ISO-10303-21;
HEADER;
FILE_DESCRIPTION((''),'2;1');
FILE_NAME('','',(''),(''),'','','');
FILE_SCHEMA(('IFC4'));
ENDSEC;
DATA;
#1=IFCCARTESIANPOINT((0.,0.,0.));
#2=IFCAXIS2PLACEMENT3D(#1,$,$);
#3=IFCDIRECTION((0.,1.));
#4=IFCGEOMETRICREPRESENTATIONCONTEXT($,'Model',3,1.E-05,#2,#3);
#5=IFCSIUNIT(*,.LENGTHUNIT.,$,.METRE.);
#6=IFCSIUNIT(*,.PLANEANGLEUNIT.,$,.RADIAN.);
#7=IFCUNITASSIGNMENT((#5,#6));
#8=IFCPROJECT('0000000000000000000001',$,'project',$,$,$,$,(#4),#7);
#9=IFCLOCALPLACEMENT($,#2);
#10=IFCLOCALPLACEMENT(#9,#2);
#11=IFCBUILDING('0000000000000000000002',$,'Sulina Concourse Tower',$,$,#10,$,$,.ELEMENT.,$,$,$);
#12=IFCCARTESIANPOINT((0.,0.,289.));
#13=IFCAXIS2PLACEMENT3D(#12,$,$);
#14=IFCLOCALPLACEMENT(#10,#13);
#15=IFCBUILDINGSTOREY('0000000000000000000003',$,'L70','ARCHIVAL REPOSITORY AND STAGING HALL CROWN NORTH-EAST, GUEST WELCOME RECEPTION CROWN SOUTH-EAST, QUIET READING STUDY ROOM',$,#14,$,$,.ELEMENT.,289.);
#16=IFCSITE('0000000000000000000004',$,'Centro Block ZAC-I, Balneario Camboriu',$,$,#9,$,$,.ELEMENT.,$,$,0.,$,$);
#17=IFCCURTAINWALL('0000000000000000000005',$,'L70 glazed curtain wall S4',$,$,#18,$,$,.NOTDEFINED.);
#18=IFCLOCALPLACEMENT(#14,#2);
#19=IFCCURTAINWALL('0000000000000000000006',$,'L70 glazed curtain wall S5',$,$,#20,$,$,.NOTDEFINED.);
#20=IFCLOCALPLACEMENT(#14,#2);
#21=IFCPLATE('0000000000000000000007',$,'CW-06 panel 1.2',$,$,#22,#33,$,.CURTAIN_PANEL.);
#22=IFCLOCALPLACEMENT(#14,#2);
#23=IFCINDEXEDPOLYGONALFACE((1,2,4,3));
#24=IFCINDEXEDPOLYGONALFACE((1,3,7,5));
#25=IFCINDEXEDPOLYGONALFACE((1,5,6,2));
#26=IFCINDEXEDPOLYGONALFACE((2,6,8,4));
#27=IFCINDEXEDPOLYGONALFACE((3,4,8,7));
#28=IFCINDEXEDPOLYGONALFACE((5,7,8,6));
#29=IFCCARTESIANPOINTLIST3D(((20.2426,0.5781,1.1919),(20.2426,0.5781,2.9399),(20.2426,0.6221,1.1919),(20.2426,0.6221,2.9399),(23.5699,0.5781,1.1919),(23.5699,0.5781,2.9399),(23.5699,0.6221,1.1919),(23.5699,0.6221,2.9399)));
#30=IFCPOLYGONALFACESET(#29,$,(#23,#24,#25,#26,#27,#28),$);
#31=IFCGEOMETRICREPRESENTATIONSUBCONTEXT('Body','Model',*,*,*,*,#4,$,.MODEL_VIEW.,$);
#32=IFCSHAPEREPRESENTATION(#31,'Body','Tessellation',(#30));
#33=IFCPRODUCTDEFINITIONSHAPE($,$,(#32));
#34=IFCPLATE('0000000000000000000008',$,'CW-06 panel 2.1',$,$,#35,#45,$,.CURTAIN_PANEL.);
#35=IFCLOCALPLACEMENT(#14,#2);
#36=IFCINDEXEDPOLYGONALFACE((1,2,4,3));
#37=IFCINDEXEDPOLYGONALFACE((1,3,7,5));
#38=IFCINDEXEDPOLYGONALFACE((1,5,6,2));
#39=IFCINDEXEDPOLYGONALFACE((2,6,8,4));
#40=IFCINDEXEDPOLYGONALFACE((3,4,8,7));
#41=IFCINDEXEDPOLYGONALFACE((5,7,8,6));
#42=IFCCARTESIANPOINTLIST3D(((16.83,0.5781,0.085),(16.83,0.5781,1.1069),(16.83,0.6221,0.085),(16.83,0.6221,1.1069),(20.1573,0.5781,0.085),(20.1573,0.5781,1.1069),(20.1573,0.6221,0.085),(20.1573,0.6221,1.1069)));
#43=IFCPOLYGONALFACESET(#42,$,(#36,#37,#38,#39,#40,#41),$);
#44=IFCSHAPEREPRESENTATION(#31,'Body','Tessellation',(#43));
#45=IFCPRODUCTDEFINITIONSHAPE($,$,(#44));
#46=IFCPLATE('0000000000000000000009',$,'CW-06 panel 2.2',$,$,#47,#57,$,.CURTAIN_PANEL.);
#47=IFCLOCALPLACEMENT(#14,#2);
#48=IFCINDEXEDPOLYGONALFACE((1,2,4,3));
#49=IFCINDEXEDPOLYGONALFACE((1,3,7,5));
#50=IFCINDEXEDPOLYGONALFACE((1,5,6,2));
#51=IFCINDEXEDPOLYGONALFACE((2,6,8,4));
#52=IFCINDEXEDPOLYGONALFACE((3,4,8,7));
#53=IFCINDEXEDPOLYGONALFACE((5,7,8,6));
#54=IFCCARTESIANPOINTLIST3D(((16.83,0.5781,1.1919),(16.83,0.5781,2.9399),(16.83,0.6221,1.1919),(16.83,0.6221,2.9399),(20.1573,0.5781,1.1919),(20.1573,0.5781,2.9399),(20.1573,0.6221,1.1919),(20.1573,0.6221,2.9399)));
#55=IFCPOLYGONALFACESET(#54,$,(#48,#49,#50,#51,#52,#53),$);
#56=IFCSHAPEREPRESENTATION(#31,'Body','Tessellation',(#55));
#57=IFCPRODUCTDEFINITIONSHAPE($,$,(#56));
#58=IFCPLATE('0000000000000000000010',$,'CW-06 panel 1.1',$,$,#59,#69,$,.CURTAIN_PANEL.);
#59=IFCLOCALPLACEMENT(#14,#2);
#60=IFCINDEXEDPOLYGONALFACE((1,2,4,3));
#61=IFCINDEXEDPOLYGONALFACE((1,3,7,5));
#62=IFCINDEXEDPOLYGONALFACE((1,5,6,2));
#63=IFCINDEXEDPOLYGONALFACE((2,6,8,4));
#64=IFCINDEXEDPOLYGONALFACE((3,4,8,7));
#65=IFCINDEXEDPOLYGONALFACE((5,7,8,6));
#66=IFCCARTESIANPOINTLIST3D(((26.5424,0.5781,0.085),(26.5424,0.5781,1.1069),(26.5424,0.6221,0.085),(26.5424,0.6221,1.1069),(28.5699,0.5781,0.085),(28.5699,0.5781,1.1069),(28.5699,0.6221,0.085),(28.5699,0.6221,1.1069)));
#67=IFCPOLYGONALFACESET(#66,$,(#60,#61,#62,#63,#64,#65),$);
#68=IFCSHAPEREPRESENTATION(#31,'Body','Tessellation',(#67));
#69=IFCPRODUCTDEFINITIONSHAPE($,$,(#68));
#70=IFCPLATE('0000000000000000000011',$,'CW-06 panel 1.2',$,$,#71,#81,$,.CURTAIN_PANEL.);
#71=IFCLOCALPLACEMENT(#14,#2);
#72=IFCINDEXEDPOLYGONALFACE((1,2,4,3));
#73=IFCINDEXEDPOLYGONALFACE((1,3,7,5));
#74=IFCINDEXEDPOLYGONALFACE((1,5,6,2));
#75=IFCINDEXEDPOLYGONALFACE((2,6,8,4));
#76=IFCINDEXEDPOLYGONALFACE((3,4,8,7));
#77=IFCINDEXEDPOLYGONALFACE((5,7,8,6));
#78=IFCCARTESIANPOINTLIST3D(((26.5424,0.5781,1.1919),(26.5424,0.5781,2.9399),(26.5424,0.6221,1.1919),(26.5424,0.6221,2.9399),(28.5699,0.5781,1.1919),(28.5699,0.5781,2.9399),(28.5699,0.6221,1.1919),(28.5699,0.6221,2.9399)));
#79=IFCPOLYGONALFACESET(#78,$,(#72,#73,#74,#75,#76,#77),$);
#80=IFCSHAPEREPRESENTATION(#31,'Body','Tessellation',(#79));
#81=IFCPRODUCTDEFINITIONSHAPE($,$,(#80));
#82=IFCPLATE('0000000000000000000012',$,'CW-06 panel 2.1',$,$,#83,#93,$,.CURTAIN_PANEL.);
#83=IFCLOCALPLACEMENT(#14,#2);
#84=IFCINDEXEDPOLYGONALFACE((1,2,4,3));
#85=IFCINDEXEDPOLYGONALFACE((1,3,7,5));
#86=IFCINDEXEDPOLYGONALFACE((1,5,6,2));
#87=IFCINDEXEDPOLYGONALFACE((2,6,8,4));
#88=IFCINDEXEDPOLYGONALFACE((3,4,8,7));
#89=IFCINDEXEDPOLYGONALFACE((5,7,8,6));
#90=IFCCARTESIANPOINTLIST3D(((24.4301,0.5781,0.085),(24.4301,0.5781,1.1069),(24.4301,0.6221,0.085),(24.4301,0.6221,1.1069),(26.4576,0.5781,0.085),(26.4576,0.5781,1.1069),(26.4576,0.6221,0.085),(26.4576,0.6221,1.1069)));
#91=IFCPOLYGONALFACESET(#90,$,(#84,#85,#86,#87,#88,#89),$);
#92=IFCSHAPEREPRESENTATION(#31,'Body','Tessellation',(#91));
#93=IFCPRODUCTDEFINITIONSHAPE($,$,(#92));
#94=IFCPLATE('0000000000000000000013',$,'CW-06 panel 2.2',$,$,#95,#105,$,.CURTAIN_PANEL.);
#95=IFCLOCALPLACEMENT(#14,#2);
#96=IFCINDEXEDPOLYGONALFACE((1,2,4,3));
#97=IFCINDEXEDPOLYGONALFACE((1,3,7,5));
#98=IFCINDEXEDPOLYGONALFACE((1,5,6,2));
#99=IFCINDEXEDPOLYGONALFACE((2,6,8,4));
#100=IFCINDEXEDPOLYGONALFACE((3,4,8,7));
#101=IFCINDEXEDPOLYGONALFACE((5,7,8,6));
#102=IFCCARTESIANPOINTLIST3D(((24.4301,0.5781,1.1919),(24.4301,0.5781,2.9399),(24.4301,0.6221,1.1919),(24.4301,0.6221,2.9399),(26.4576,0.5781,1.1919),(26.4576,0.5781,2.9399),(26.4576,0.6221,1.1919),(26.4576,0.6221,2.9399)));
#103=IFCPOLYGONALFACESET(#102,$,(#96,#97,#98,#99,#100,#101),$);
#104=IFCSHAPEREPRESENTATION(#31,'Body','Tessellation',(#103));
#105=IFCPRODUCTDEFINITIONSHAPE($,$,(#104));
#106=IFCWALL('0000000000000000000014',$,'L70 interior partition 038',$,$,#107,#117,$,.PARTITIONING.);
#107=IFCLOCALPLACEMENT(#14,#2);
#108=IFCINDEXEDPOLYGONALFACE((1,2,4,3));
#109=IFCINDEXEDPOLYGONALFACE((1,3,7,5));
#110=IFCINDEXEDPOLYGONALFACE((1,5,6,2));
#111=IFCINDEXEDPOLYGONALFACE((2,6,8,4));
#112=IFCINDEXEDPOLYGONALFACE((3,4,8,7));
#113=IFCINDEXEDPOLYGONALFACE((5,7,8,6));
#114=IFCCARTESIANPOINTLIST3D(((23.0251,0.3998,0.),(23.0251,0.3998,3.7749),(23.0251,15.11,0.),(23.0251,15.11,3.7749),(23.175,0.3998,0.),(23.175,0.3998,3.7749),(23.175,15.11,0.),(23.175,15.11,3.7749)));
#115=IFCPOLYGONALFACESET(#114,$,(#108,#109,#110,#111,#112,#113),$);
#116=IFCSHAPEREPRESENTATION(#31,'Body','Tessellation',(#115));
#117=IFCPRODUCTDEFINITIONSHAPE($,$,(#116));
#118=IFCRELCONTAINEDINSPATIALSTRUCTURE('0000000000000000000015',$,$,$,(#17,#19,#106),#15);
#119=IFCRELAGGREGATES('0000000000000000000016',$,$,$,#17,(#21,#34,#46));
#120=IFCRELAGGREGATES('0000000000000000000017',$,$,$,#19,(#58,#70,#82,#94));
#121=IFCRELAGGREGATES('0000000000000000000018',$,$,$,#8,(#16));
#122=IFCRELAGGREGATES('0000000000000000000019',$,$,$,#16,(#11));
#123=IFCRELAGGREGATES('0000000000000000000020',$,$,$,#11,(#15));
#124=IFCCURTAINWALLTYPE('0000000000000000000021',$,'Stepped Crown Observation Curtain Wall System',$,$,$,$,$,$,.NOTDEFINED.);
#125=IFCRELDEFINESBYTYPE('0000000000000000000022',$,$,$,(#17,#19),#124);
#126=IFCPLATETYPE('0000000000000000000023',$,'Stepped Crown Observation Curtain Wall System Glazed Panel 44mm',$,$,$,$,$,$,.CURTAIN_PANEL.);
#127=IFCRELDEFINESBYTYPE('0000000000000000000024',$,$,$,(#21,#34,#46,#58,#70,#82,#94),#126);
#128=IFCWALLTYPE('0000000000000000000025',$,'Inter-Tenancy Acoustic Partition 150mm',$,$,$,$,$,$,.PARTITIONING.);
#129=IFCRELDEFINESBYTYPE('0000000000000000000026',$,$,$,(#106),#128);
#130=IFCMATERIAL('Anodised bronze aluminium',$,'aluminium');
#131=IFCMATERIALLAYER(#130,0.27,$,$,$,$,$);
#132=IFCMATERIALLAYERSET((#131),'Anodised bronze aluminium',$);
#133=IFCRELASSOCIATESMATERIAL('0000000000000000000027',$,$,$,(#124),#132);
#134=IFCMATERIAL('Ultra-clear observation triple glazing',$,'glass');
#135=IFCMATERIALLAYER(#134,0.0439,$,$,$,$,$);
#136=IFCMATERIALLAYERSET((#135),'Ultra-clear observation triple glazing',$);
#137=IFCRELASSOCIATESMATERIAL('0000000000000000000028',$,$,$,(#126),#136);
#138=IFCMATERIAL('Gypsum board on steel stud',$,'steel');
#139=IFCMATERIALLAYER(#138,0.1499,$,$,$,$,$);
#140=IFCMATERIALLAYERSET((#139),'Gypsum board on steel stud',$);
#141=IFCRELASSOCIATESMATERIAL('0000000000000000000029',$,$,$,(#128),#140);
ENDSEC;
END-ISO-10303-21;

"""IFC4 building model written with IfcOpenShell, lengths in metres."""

from ifc_helpers import new_model, si_unit, direction, frame, frame_2d, origin, origin_2d, place, context, subcontext, project, spatial, rectangle, extrude, material, layer, layer_set, type_object, element, aggregate, save


model = new_model("IFC4")

# Units and contexts
model_context = context("Model", 3, precision=1e-05, world=origin(), true_north=direction((0.0, 1.0)))
body_context = subcontext(model_context, "Body", "Model", "MODEL_VIEW")
ifc_project = project(units=[si_unit("LENGTHUNIT", "METRE"), si_unit("PLANEANGLEUNIT", "RADIAN")], contexts=[model_context])

# Site, building, storey
site_placement = place(None, origin())
site = spatial("IfcSite", under=ifc_project, at=site_placement, Name="Centro Block ZAC-I, Balneario Camboriu", CompositionType="ELEMENT", RefElevation=0.0)
building_placement = place(site_placement, origin())
building = spatial("IfcBuilding", under=site, at=building_placement, Name="Sulina Concourse Tower", CompositionType="ELEMENT")
storey_placement = place(building_placement, frame((0.0, 0.0, 289.0)))
storey = spatial("IfcBuildingStorey", under=building, at=storey_placement, Name="L70", Description="ARCHIVAL REPOSITORY AND STAGING HALL CROWN NORTH-EAST, GUEST WELCOME RECEPTION CROWN SOUTH-EAST, QUIET READING STUDY ROOM", CompositionType="ELEMENT", Elevation=289.0)

# Curtain walls
ifc_material_1 = material(Name="Anodised bronze aluminium", Category="aluminium")
ifc_layer_1 = layer(ifc_material_1, 0.27)
ifc_layer_set_1 = layer_set([ifc_layer_1], Name="Anodised bronze aluminium")
curtain_wall_type = type_object("IfcCurtainWallType", Name="Stepped Crown Observation Curtain Wall System", PredefinedType="NOTDEFINED", material=ifc_layer_set_1)
curtain_wall_1_placement = place(storey_placement, origin())
curtain_wall_1 = element("IfcCurtainWall", 1, at=curtain_wall_1_placement, inside=storey, type_object=curtain_wall_type, Name="L70 glazed curtain wall S4", PredefinedType="NOTDEFINED")
curtain_wall_2_placement = place(storey_placement, origin())
curtain_wall_2 = element("IfcCurtainWall", 2, at=curtain_wall_2_placement, inside=storey, type_object=curtain_wall_type, Name="L70 glazed curtain wall S5", PredefinedType="NOTDEFINED")

# Plates
ifc_material_2 = material(Name="Ultra-clear observation triple glazing", Category="glass")
ifc_layer_2 = layer(ifc_material_2, 0.0439)
ifc_layer_set_2 = layer_set([ifc_layer_2], Name="Ultra-clear observation triple glazing")
plate_type = type_object("IfcPlateType", Name="Stepped Crown Observation Curtain Wall System Glazed Panel 44mm", PredefinedType="CURTAIN_PANEL", material=ifc_layer_set_2)
plate_1_placement = place(storey_placement, frame((21.9062, 0.6001, 1.1919), z_axis=(0.0, 0.0, 1.0), x_axis=(-1.0, 0.0, 0.0)))
plate_1 = element("IfcPlate", 3, at=plate_1_placement, type_object=plate_type, Name="CW-06 panel 1.2", PredefinedType="CURTAIN_PANEL", context=body_context, shape_type="SweptSolid", body=[
    extrude(rectangle(XDim=3.3274, YDim=0.0439, at=origin_2d()), origin(), (0.0, 0.0, 1.0), 1.748),
])
plate_2_placement = place(storey_placement, frame((18.4937, 0.6001, 0.085), z_axis=(0.0, 0.0, 1.0), x_axis=(-1.0, 0.0, 0.0)))
plate_2 = element("IfcPlate", 4, at=plate_2_placement, type_object=plate_type, Name="CW-06 panel 2.1", PredefinedType="CURTAIN_PANEL", context=body_context, shape_type="SweptSolid", body=[
    extrude(rectangle(XDim=3.3274, YDim=0.0439, at=origin_2d()), origin(), (0.0, 0.0, 1.0), 1.022),
])
plate_3_placement = place(storey_placement, frame((18.4937, 0.6001, 1.1919), z_axis=(0.0, 0.0, 1.0), x_axis=(-1.0, 0.0, 0.0)))
plate_3 = element("IfcPlate", 5, at=plate_3_placement, type_object=plate_type, Name="CW-06 panel 2.2", PredefinedType="CURTAIN_PANEL", context=body_context, shape_type="SweptSolid", body=[
    extrude(rectangle(XDim=3.3274, YDim=0.0439, at=origin_2d()), origin(), (0.0, 0.0, 1.0), 1.748),
])
aggregate(curtain_wall_1, [plate_1, plate_2, plate_3])
plate_4_placement = place(storey_placement, frame((27.5562, 0.6001, 0.085), z_axis=(0.0, 0.0, 1.0), x_axis=(-1.0, 0.0, 0.0)))
plate_4 = element("IfcPlate", 6, at=plate_4_placement, type_object=plate_type, Name="CW-06 panel 1.1", PredefinedType="CURTAIN_PANEL", context=body_context, shape_type="SweptSolid", body=[
    extrude(rectangle(XDim=2.0276, YDim=0.0439, at=origin_2d()), origin(), (0.0, 0.0, 1.0), 1.022),
])
plate_5_placement = place(storey_placement, frame((27.5562, 0.6001, 1.1919), z_axis=(0.0, 0.0, 1.0), x_axis=(-1.0, 0.0, 0.0)))
plate_5 = element("IfcPlate", 7, at=plate_5_placement, type_object=plate_type, Name="CW-06 panel 1.2", PredefinedType="CURTAIN_PANEL", context=body_context, shape_type="SweptSolid", body=[
    extrude(rectangle(XDim=2.0276, YDim=0.0439, at=origin_2d()), origin(), (0.0, 0.0, 1.0), 1.748),
])
plate_6_placement = place(storey_placement, frame((25.4438, 0.6001, 0.085), z_axis=(0.0, 0.0, 1.0), x_axis=(-1.0, 0.0, 0.0)))
plate_6 = element("IfcPlate", 8, at=plate_6_placement, type_object=plate_type, Name="CW-06 panel 2.1", PredefinedType="CURTAIN_PANEL", context=body_context, shape_type="SweptSolid", body=[
    extrude(rectangle(XDim=2.0276, YDim=0.0439, at=origin_2d()), origin(), (0.0, 0.0, 1.0), 1.022),
])
plate_7_placement = place(storey_placement, frame((25.4438, 0.6001, 1.1919), z_axis=(0.0, 0.0, 1.0), x_axis=(-1.0, 0.0, 0.0)))
plate_7 = element("IfcPlate", 9, at=plate_7_placement, type_object=plate_type, Name="CW-06 panel 2.2", PredefinedType="CURTAIN_PANEL", context=body_context, shape_type="SweptSolid", body=[
    extrude(rectangle(XDim=2.0276, YDim=0.0439, at=origin_2d()), origin(), (0.0, 0.0, 1.0), 1.748),
])
aggregate(curtain_wall_2, [plate_4, plate_5, plate_6, plate_7])

# Wall
ifc_material_3 = material(Name="Gypsum board on steel stud", Category="steel")
ifc_layer_3 = layer(ifc_material_3, 0.1499)
ifc_layer_set_3 = layer_set([ifc_layer_3], Name="Gypsum board on steel stud")
wall_type = type_object("IfcWallType", Name="Inter-Tenancy Acoustic Partition 150mm", PredefinedType="PARTITIONING", material=ifc_layer_set_3)
wall_placement = place(storey_placement, frame((23.1001, 0.3999, 0.0), z_axis=(0.0, 0.0, 1.0), x_axis=(0.0, 1.0, 0.0)))
element("IfcWall", 10, at=wall_placement, inside=storey, type_object=wall_type, Name="L70 interior partition 038", PredefinedType="PARTITIONING", context=body_context, shape_type="SweptSolid", body=[
    extrude(rectangle(XDim=14.7102, YDim=0.1499, at=frame_2d((7.355, 0.0))), origin(), (0.0, 0.0, 1.0), 3.7749),
])

save(model, "model.ifc")
